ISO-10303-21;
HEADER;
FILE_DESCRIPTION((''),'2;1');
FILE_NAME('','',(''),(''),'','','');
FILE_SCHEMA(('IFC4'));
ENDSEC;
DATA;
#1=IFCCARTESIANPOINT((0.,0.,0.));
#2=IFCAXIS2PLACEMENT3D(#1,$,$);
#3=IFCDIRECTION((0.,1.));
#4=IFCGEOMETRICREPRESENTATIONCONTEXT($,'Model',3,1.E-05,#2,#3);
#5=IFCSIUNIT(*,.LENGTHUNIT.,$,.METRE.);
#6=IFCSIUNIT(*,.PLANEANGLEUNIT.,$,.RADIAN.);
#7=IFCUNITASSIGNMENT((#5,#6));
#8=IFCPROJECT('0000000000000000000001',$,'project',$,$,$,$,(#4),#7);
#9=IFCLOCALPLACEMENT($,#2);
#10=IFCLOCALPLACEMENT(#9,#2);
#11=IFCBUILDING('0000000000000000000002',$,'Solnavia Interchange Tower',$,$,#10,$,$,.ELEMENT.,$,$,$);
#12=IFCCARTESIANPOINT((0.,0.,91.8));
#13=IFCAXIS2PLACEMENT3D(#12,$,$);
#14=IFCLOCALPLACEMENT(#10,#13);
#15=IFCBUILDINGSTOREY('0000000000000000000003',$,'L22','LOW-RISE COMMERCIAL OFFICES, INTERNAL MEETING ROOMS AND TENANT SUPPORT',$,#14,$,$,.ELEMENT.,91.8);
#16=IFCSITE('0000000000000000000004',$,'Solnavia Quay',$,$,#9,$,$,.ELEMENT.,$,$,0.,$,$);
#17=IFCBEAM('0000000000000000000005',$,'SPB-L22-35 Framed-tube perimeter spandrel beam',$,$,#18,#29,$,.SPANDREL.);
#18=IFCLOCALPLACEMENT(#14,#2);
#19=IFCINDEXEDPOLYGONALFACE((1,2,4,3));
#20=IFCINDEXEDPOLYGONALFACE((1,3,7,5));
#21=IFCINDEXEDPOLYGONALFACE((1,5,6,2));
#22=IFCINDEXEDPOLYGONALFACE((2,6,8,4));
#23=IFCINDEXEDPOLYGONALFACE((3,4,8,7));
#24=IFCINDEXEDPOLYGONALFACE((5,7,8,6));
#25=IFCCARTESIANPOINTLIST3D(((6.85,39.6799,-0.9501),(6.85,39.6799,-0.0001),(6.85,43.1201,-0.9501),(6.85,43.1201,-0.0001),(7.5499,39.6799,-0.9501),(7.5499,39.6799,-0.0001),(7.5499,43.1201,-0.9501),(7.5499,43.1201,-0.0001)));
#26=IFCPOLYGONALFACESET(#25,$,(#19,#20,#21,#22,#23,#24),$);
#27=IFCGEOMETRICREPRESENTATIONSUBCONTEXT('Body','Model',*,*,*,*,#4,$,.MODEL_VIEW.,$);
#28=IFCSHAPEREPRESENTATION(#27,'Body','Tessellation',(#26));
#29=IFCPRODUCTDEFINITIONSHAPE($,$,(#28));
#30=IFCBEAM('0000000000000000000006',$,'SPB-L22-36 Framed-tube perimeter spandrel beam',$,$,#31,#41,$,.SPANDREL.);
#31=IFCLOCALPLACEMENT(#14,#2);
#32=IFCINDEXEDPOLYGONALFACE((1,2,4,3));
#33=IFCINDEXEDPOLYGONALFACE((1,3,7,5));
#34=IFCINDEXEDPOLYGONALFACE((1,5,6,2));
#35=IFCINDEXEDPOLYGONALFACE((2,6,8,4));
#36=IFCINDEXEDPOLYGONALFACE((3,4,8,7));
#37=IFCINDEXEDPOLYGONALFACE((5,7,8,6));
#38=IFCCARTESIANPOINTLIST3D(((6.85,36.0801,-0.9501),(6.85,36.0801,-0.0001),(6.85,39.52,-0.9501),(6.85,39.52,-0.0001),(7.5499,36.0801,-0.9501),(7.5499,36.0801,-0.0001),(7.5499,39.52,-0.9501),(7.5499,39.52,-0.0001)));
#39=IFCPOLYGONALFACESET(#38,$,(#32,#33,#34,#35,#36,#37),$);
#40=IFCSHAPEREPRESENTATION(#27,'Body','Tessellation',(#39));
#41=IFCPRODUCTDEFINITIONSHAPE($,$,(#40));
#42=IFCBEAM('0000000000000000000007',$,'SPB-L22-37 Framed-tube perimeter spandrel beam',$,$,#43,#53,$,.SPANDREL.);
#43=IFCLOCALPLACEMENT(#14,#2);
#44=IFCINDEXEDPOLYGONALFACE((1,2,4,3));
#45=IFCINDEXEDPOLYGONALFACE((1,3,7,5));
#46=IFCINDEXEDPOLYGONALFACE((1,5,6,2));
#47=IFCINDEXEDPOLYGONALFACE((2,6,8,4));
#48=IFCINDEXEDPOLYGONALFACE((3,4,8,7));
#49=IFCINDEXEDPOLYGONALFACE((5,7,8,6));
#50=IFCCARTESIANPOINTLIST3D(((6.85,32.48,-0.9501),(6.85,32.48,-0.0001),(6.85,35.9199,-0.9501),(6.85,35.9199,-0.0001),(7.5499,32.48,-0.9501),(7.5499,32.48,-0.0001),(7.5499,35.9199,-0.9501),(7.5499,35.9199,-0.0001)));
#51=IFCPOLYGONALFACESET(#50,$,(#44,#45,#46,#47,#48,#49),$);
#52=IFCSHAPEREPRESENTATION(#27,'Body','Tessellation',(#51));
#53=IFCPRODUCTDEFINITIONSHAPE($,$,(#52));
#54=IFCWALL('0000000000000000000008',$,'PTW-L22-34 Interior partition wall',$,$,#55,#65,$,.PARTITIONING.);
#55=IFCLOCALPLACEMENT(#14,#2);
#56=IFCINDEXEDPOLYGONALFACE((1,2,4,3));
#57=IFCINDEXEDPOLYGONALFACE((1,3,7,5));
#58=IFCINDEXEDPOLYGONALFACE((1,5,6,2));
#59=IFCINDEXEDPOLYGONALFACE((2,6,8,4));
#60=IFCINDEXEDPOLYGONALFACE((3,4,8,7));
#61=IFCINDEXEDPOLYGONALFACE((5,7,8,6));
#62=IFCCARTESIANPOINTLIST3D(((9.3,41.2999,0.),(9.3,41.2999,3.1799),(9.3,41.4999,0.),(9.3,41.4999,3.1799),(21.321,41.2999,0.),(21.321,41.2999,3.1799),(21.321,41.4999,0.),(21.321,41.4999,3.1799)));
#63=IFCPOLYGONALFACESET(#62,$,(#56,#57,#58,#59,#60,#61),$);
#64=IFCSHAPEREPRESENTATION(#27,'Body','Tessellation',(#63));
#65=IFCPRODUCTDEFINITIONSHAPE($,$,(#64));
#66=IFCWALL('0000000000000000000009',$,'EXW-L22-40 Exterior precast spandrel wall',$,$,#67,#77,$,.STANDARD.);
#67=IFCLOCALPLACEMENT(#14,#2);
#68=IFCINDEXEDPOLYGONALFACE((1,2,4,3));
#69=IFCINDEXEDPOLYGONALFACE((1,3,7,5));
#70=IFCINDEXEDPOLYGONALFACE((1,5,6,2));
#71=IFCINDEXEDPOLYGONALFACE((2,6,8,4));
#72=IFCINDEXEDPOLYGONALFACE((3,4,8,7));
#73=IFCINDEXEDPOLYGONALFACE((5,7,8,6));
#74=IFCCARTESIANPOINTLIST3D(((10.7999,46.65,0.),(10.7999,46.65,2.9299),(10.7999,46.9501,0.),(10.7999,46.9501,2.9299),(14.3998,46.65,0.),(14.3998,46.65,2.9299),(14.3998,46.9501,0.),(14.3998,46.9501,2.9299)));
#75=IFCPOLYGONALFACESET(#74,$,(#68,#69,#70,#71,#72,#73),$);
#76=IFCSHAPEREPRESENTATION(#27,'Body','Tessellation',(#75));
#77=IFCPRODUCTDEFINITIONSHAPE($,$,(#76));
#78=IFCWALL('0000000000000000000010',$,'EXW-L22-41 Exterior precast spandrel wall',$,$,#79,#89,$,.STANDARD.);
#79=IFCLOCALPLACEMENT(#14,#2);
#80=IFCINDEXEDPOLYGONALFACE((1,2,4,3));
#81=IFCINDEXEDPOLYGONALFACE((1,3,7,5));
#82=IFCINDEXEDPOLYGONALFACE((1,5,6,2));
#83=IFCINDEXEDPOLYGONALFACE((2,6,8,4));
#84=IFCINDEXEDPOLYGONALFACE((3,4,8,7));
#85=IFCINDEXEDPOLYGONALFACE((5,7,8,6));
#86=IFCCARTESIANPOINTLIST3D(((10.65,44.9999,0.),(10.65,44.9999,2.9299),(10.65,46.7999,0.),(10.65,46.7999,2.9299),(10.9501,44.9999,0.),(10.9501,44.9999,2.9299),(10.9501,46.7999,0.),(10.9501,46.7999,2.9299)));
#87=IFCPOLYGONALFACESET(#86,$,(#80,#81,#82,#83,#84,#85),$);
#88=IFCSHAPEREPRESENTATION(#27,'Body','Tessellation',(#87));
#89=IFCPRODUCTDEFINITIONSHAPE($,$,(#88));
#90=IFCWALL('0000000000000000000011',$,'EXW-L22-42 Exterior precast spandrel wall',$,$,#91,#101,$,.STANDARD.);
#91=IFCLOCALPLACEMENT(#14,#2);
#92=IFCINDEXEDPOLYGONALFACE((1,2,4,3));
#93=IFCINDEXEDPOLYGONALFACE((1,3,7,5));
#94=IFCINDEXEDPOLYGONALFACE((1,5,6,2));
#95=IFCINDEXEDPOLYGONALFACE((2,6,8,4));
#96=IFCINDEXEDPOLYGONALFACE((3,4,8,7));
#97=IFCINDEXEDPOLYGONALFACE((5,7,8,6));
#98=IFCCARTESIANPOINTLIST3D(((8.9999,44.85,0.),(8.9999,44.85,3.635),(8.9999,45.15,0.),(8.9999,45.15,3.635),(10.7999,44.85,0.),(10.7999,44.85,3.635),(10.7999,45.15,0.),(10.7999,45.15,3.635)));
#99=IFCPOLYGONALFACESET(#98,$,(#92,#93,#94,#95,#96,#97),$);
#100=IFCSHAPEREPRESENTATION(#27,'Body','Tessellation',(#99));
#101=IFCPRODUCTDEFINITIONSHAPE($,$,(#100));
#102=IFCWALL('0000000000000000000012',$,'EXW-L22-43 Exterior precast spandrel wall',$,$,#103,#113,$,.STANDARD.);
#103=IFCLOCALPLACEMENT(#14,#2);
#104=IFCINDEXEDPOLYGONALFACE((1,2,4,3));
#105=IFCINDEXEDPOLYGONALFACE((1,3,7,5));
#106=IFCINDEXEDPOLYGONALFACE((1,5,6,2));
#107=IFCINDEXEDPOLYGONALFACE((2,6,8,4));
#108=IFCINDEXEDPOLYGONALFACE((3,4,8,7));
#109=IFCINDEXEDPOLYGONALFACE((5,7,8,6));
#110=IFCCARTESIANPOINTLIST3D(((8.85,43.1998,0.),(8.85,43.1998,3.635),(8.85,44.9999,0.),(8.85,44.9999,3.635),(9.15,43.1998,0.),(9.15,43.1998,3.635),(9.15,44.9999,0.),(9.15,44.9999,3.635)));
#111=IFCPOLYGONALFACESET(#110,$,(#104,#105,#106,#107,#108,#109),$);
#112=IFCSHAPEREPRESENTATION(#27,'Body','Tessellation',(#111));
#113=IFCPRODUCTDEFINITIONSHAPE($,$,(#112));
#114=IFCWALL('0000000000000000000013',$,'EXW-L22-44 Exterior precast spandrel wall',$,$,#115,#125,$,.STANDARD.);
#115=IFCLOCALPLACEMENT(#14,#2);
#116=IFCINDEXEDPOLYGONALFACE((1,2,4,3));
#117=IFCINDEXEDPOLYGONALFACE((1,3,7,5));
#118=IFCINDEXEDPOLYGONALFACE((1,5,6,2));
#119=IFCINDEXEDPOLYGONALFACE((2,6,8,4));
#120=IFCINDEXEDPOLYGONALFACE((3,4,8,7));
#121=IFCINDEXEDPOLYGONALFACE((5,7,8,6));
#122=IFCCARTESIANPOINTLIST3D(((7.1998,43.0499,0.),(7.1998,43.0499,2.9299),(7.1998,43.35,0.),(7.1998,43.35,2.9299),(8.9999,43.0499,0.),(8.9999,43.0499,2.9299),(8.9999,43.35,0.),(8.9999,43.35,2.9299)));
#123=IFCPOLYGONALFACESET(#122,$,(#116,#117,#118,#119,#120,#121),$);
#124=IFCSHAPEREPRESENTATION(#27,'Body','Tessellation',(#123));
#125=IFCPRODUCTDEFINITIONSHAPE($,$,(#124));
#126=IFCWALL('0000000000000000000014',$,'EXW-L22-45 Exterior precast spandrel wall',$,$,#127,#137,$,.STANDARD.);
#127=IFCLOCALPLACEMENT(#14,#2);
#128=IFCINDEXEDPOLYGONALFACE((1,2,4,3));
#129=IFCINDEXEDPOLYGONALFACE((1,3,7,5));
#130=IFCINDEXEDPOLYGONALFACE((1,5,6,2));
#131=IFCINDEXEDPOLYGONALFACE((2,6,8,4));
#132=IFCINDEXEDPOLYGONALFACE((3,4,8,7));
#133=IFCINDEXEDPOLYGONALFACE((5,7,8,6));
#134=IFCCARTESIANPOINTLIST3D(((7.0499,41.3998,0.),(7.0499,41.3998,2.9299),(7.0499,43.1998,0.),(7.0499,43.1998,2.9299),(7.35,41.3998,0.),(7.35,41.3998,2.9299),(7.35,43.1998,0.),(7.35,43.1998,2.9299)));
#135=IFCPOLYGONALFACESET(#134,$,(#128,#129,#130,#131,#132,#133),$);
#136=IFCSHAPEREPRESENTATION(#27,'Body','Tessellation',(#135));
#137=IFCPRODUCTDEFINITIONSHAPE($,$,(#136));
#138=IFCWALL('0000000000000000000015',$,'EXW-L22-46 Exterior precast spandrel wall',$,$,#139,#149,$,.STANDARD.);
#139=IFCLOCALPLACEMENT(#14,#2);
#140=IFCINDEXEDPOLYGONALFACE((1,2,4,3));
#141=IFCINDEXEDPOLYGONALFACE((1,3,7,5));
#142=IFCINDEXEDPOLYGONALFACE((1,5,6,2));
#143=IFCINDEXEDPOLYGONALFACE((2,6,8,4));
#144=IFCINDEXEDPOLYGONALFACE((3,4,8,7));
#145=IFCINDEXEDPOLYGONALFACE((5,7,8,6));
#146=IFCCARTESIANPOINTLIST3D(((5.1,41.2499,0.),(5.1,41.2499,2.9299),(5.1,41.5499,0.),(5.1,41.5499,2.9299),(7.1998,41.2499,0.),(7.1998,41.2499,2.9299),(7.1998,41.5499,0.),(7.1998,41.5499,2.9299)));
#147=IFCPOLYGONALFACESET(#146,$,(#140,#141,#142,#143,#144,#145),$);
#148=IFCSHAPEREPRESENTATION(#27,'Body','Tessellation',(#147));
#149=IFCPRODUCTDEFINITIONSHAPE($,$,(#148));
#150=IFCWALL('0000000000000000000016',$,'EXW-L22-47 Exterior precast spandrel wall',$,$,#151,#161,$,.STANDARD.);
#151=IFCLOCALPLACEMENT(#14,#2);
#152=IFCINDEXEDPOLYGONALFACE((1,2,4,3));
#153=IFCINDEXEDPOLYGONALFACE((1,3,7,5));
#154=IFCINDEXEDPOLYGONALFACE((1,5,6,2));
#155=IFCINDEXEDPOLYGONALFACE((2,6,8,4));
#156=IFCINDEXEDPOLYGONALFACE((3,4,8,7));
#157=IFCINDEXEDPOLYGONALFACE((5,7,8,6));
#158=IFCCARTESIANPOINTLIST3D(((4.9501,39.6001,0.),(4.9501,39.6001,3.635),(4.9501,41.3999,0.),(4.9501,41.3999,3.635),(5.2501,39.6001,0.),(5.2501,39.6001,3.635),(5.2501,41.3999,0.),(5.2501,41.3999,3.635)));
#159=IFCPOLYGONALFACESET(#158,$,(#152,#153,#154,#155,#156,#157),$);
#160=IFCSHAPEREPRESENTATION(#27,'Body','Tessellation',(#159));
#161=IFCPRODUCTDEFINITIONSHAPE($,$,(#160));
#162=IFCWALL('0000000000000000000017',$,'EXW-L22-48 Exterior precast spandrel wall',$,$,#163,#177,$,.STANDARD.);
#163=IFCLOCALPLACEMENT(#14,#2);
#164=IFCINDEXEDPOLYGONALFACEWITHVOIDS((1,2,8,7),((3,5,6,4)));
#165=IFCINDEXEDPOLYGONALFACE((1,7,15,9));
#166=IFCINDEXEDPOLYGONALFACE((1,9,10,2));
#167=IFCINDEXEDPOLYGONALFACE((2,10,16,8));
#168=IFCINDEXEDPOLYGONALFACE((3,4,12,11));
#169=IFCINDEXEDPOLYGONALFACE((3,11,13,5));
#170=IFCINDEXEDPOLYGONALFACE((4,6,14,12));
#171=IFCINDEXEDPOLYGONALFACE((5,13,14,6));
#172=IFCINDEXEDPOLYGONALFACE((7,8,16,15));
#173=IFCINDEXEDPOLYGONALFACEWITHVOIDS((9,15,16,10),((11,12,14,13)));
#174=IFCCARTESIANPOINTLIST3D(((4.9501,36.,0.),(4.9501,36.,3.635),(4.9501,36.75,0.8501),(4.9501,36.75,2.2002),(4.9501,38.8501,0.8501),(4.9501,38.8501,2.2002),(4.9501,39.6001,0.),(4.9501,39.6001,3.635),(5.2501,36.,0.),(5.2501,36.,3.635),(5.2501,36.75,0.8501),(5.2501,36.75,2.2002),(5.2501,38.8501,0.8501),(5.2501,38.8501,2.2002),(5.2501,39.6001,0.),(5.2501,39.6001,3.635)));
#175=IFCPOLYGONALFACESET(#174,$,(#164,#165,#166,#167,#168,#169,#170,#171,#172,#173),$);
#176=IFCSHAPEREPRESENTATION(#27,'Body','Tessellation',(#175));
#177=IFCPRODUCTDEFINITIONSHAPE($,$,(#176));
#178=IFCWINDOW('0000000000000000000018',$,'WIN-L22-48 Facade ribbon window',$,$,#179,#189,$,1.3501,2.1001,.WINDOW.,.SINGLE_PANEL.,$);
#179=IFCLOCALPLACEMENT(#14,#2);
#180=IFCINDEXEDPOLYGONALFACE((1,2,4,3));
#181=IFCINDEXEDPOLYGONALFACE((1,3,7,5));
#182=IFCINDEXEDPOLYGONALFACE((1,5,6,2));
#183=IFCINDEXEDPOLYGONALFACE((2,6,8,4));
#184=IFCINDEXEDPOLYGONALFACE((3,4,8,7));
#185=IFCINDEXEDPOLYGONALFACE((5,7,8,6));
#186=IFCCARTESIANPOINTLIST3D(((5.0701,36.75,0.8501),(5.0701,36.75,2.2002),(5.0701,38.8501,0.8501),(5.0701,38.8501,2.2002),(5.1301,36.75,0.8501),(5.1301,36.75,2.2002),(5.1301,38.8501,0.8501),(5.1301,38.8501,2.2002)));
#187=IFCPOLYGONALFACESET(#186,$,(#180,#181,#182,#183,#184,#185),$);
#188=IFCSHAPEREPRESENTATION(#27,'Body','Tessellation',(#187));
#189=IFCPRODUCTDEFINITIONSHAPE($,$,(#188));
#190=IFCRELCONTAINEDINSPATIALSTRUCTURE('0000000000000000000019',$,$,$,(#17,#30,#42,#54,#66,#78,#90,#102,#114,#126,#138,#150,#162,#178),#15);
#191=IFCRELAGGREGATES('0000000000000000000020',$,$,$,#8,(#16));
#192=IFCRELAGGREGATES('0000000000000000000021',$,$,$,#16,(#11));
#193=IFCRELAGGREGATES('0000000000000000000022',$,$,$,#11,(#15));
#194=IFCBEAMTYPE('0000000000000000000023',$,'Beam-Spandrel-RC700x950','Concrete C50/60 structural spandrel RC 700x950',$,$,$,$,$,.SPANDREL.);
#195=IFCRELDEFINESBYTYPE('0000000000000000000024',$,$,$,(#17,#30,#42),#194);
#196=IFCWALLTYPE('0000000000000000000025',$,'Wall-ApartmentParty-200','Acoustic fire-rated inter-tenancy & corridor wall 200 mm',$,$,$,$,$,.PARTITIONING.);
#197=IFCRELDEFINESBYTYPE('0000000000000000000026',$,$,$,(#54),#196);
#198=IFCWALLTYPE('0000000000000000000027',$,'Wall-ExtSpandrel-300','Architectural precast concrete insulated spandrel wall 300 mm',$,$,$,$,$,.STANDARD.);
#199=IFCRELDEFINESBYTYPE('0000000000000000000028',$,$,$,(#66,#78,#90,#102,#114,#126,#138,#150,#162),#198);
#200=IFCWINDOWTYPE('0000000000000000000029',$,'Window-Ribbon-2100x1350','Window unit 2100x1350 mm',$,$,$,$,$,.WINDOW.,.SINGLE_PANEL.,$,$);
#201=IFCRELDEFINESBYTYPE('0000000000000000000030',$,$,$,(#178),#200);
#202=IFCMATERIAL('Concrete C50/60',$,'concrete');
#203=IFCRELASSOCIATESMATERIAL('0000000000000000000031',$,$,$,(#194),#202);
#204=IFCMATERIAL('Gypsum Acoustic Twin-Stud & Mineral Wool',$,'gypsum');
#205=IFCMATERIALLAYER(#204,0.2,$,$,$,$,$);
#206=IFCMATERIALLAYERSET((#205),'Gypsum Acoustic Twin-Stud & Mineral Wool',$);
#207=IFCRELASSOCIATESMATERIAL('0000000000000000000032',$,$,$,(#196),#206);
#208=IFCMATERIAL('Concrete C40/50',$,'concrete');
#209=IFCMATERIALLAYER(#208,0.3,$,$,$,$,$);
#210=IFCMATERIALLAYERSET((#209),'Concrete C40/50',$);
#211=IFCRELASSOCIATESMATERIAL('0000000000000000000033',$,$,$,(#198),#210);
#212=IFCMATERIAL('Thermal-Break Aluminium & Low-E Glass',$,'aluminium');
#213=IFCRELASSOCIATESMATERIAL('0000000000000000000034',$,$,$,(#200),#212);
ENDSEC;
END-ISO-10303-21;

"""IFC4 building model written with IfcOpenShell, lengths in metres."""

from ifc_helpers import new_model, si_unit, direction, frame, frame_2d, origin, origin_2d, place, context, subcontext, project, spatial, rectangle, extrude, material, layer, layer_set, material_profile, profile_set, type_object, element, fill, save


model = new_model("IFC4")

# Units and contexts
model_context = context("Model", 3, precision=1e-05, world=origin(), true_north=direction((0.0, 1.0)))
body_context = subcontext(model_context, "Body", "Model", "MODEL_VIEW")
ifc_project = project(units=[si_unit("LENGTHUNIT", "METRE"), si_unit("PLANEANGLEUNIT", "RADIAN")], contexts=[model_context])

# Site, building, storey
site_placement = place(None, origin())
site = spatial("IfcSite", under=ifc_project, at=site_placement, Name="Solnavia Quay", CompositionType="ELEMENT", RefElevation=0.0)
building_placement = place(site_placement, origin())
building = spatial("IfcBuilding", under=site, at=building_placement, Name="Solnavia Interchange Tower", CompositionType="ELEMENT")
storey_placement = place(building_placement, frame((0.0, 0.0, 91.8)))
storey = spatial("IfcBuildingStorey", under=building, at=storey_placement, Name="L22", Description="LOW-RISE COMMERCIAL OFFICES, INTERNAL MEETING ROOMS AND TENANT SUPPORT", CompositionType="ELEMENT", Elevation=91.8)

# Shared definitions
ifc_material_1 = material(Name="Concrete C50/60", Category="concrete")

# Beams
ifc_material_profile_1 = material_profile(ifc_material_1, rectangle(XDim=0.7, YDim=0.95, at=origin_2d()), Name="RC 700x950")
ifc_profile_set_1 = profile_set([ifc_material_profile_1], Name="Concrete C50/60")
beam_type_1 = type_object("IfcBeamType", Name="Beam-Spandrel-RC700x950", Description="Concrete C50/60 structural spandrel RC 700x950", PredefinedType="SPANDREL", material=ifc_profile_set_1)
beam_1_placement = place(storey_placement, frame((7.2, 43.1201, -0.4751), z_axis=(0.0, -1.0, 0.0), x_axis=(1.0, 0.0, 0.0)))
element("IfcBeam", 1, at=beam_1_placement, inside=storey, type_object=beam_type_1, Name="SPB-L22-35 Framed-tube perimeter spandrel beam", PredefinedType="SPANDREL", context=body_context, shape_type="SweptSolid", body=[
    extrude(rectangle(XDim=0.7, YDim=0.95, at=origin_2d()), origin(), (0.0, 0.0, 1.0), 3.4402),
])
for number, where, z_axis, x_axis, name in (
    (2, (7.2, 39.52, -0.4751), (0.0, -1.0, 0.0), (1.0, 0.0, 0.0), "SPB-L22-36 Framed-tube perimeter spandrel beam"),
    (3, (7.2, 35.9199, -0.4751), (0.0, -1.0, 0.0), (1.0, 0.0, 0.0), "SPB-L22-37 Framed-tube perimeter spandrel beam"),
):
    element("IfcBeam", number, at=place(storey_placement, frame(where, z_axis=z_axis, x_axis=x_axis)), inside=storey, type_object=beam_type_1, Name=name, PredefinedType="SPANDREL", context=body_context, shape_type="SweptSolid", body=[
        extrude(rectangle(XDim=0.7, YDim=0.95, at=origin_2d()), origin(), (0.0, 0.0, 1.0), 3.4399),
    ])

# Walls
ifc_material_2 = material(Name="Gypsum Acoustic Twin-Stud & Mineral Wool", Category="gypsum")
ifc_layer_1 = layer(ifc_material_2, 0.2)
ifc_layer_set_1 = layer_set([ifc_layer_1], Name="Gypsum Acoustic Twin-Stud & Mineral Wool")
wall_type_1 = type_object("IfcWallType", Name="Wall-ApartmentParty-200", Description="Acoustic fire-rated inter-tenancy & corridor wall 200 mm", PredefinedType="PARTITIONING", material=ifc_layer_set_1)
wall_1_placement = place(storey_placement, frame((9.3, 41.3999, 0.0), z_axis=(0.0, 0.0, 1.0), x_axis=(1.0, 0.0, 0.0)))
element("IfcWall", 4, at=wall_1_placement, inside=storey, type_object=wall_type_1, Name="PTW-L22-34 Interior partition wall", PredefinedType="PARTITIONING", context=body_context, shape_type="SweptSolid", body=[
    extrude(rectangle(XDim=12.021, YDim=0.2, at=frame_2d((6.0105, 0.0))), origin(), (0.0, 0.0, 1.0), 3.1799),
])
ifc_material_3 = material(Name="Concrete C40/50", Category="concrete")
ifc_layer_2 = layer(ifc_material_3, 0.3)
ifc_layer_set_2 = layer_set([ifc_layer_2], Name="Concrete C40/50")
wall_type_2 = type_object("IfcWallType", Name="Wall-ExtSpandrel-300", Description="Architectural precast concrete insulated spandrel wall 300 mm", PredefinedType="STANDARD", material=ifc_layer_set_2)
wall_2_placement = place(storey_placement, frame((10.8, 46.8, 0.0), z_axis=(0.0, 0.0, 1.0), x_axis=(1.0, 0.0, 0.0)))
element("IfcWall", 5, at=wall_2_placement, inside=storey, type_object=wall_type_2, Name="EXW-L22-40 Exterior precast spandrel wall", PredefinedType="STANDARD", context=body_context, shape_type="SweptSolid", body=[
    extrude(rectangle(XDim=3.5999, YDim=0.3, at=frame_2d((1.7998, 0.0))), origin(), (0.0, 0.0, 1.0), 2.9299),
])
wall_3_placement = place(storey_placement, frame((10.8, 45.0, 0.0), z_axis=(0.0, 0.0, 1.0), x_axis=(0.0, 1.0, 0.0)))
element("IfcWall", 6, at=wall_3_placement, inside=storey, type_object=wall_type_2, Name="EXW-L22-41 Exterior precast spandrel wall", PredefinedType="STANDARD", context=body_context, shape_type="SweptSolid", body=[
    extrude(rectangle(XDim=1.8, YDim=0.3, at=frame_2d((0.8999, 0.0))), origin(), (0.0, 0.0, 1.0), 2.9299),
])
for number, where, z_axis, x_axis, name in (
    (7, (9.0, 45.0, 0.0), (0.0, 0.0, 1.0), (1.0, 0.0, 0.0), "EXW-L22-42 Exterior precast spandrel wall"),
    (8, (9.0, 43.2, 0.0), (0.0, 0.0, 1.0), (0.0, 1.0, 0.0), "EXW-L22-43 Exterior precast spandrel wall"),
):
    element("IfcWall", number, at=place(storey_placement, frame(where, z_axis=z_axis, x_axis=x_axis)), inside=storey, type_object=wall_type_2, Name=name, PredefinedType="STANDARD", context=body_context, shape_type="SweptSolid", body=[
        extrude(rectangle(XDim=1.8, YDim=0.3, at=frame_2d((0.8999, 0.0))), origin(), (0.0, 0.0, 1.0), 3.635),
    ])
for number, where, z_axis, x_axis, name in (
    (9, (7.2, 43.2, 0.0), (0.0, 0.0, 1.0), (1.0, 0.0, 0.0), "EXW-L22-44 Exterior precast spandrel wall"),
    (10, (7.2, 41.3999, 0.0), (0.0, 0.0, 1.0), (0.0, 1.0, 0.0), "EXW-L22-45 Exterior precast spandrel wall"),
):
    element("IfcWall", number, at=place(storey_placement, frame(where, z_axis=z_axis, x_axis=x_axis)), inside=storey, type_object=wall_type_2, Name=name, PredefinedType="STANDARD", context=body_context, shape_type="SweptSolid", body=[
        extrude(rectangle(XDim=1.8, YDim=0.3, at=frame_2d((0.8999, 0.0))), origin(), (0.0, 0.0, 1.0), 2.9299),
    ])
wall_4_placement = place(storey_placement, frame((5.1001, 41.3999, 0.0), z_axis=(0.0, 0.0, 1.0), x_axis=(1.0, 0.0, 0.0)))
element("IfcWall", 11, at=wall_4_placement, inside=storey, type_object=wall_type_2, Name="EXW-L22-46 Exterior precast spandrel wall", PredefinedType="STANDARD", context=body_context, shape_type="SweptSolid", body=[
    extrude(rectangle(XDim=2.0999, YDim=0.3, at=frame_2d((1.0498, 0.0))), origin(), (0.0, 0.0, 1.0), 2.9299),
])
wall_5_placement = place(storey_placement, frame((5.1001, 39.6001, 0.0), z_axis=(0.0, 0.0, 1.0), x_axis=(0.0, 1.0, 0.0)))
element("IfcWall", 12, at=wall_5_placement, inside=storey, type_object=wall_type_2, Name="EXW-L22-47 Exterior precast spandrel wall", PredefinedType="STANDARD", context=body_context, shape_type="SweptSolid", body=[
    extrude(rectangle(XDim=1.7998, YDim=0.3, at=frame_2d((0.8999, 0.0))), origin(), (0.0, 0.0, 1.0), 3.635),
])

# Wall, opening, window
wall_6_placement = place(storey_placement, frame((5.1001, 36.0, 0.0), z_axis=(0.0, 0.0, 1.0), x_axis=(0.0, 1.0, 0.0)))
wall_6 = element("IfcWall", 13, at=wall_6_placement, inside=storey, type_object=wall_type_2, Name="EXW-L22-48 Exterior precast spandrel wall", PredefinedType="STANDARD", context=body_context, shape_type="SweptSolid", body=[
    extrude(rectangle(XDim=3.6001, YDim=0.3, at=frame_2d((1.8, 0.0))), origin(), (0.0, 0.0, 1.0), 3.635),
])
opening_placement = place(wall_6_placement, frame((0.75, 0.0, 0.8501)))
opening = element("IfcOpeningElement", 14, at=opening_placement, cuts=wall_6, PredefinedType="OPENING", context=body_context, shape_type="SweptSolid", body=[
    extrude(rectangle(XDim=2.1001, YDim=1.3501, at=frame_2d((1.05, 0.675))), frame((0.0, 0.1602, 0.0), z_axis=(0.0, -1.0, 0.0), x_axis=(1.0, 0.0, 0.0)), (0.0, 0.0, 1.0), 0.3201),
])
ifc_material_4 = material(Name="Thermal-Break Aluminium & Low-E Glass", Category="aluminium")
window_type = type_object("IfcWindowType", Name="Window-Ribbon-2100x1350", Description="Window unit 2100x1350 mm", PartitioningType="SINGLE_PANEL", PredefinedType="WINDOW", material=ifc_material_4)
window_placement = place(opening_placement, origin())
window = element("IfcWindow", 15, at=window_placement, inside=storey, type_object=window_type, Name="WIN-L22-48 Facade ribbon window", OverallHeight=1.3501, OverallWidth=2.1001, PartitioningType="SINGLE_PANEL", PredefinedType="WINDOW", context=body_context, shape_type="SweptSolid", body=[
    extrude(rectangle(XDim=2.1001, YDim=1.3501, at=frame_2d((1.05, 0.675))), frame((0.0, 0.03, 0.0), z_axis=(0.0, -1.0, 0.0), x_axis=(1.0, 0.0, 0.0)), (0.0, 0.0, 1.0), 0.0601),
])
fill(opening, window)

save(model, "model.ifc")
